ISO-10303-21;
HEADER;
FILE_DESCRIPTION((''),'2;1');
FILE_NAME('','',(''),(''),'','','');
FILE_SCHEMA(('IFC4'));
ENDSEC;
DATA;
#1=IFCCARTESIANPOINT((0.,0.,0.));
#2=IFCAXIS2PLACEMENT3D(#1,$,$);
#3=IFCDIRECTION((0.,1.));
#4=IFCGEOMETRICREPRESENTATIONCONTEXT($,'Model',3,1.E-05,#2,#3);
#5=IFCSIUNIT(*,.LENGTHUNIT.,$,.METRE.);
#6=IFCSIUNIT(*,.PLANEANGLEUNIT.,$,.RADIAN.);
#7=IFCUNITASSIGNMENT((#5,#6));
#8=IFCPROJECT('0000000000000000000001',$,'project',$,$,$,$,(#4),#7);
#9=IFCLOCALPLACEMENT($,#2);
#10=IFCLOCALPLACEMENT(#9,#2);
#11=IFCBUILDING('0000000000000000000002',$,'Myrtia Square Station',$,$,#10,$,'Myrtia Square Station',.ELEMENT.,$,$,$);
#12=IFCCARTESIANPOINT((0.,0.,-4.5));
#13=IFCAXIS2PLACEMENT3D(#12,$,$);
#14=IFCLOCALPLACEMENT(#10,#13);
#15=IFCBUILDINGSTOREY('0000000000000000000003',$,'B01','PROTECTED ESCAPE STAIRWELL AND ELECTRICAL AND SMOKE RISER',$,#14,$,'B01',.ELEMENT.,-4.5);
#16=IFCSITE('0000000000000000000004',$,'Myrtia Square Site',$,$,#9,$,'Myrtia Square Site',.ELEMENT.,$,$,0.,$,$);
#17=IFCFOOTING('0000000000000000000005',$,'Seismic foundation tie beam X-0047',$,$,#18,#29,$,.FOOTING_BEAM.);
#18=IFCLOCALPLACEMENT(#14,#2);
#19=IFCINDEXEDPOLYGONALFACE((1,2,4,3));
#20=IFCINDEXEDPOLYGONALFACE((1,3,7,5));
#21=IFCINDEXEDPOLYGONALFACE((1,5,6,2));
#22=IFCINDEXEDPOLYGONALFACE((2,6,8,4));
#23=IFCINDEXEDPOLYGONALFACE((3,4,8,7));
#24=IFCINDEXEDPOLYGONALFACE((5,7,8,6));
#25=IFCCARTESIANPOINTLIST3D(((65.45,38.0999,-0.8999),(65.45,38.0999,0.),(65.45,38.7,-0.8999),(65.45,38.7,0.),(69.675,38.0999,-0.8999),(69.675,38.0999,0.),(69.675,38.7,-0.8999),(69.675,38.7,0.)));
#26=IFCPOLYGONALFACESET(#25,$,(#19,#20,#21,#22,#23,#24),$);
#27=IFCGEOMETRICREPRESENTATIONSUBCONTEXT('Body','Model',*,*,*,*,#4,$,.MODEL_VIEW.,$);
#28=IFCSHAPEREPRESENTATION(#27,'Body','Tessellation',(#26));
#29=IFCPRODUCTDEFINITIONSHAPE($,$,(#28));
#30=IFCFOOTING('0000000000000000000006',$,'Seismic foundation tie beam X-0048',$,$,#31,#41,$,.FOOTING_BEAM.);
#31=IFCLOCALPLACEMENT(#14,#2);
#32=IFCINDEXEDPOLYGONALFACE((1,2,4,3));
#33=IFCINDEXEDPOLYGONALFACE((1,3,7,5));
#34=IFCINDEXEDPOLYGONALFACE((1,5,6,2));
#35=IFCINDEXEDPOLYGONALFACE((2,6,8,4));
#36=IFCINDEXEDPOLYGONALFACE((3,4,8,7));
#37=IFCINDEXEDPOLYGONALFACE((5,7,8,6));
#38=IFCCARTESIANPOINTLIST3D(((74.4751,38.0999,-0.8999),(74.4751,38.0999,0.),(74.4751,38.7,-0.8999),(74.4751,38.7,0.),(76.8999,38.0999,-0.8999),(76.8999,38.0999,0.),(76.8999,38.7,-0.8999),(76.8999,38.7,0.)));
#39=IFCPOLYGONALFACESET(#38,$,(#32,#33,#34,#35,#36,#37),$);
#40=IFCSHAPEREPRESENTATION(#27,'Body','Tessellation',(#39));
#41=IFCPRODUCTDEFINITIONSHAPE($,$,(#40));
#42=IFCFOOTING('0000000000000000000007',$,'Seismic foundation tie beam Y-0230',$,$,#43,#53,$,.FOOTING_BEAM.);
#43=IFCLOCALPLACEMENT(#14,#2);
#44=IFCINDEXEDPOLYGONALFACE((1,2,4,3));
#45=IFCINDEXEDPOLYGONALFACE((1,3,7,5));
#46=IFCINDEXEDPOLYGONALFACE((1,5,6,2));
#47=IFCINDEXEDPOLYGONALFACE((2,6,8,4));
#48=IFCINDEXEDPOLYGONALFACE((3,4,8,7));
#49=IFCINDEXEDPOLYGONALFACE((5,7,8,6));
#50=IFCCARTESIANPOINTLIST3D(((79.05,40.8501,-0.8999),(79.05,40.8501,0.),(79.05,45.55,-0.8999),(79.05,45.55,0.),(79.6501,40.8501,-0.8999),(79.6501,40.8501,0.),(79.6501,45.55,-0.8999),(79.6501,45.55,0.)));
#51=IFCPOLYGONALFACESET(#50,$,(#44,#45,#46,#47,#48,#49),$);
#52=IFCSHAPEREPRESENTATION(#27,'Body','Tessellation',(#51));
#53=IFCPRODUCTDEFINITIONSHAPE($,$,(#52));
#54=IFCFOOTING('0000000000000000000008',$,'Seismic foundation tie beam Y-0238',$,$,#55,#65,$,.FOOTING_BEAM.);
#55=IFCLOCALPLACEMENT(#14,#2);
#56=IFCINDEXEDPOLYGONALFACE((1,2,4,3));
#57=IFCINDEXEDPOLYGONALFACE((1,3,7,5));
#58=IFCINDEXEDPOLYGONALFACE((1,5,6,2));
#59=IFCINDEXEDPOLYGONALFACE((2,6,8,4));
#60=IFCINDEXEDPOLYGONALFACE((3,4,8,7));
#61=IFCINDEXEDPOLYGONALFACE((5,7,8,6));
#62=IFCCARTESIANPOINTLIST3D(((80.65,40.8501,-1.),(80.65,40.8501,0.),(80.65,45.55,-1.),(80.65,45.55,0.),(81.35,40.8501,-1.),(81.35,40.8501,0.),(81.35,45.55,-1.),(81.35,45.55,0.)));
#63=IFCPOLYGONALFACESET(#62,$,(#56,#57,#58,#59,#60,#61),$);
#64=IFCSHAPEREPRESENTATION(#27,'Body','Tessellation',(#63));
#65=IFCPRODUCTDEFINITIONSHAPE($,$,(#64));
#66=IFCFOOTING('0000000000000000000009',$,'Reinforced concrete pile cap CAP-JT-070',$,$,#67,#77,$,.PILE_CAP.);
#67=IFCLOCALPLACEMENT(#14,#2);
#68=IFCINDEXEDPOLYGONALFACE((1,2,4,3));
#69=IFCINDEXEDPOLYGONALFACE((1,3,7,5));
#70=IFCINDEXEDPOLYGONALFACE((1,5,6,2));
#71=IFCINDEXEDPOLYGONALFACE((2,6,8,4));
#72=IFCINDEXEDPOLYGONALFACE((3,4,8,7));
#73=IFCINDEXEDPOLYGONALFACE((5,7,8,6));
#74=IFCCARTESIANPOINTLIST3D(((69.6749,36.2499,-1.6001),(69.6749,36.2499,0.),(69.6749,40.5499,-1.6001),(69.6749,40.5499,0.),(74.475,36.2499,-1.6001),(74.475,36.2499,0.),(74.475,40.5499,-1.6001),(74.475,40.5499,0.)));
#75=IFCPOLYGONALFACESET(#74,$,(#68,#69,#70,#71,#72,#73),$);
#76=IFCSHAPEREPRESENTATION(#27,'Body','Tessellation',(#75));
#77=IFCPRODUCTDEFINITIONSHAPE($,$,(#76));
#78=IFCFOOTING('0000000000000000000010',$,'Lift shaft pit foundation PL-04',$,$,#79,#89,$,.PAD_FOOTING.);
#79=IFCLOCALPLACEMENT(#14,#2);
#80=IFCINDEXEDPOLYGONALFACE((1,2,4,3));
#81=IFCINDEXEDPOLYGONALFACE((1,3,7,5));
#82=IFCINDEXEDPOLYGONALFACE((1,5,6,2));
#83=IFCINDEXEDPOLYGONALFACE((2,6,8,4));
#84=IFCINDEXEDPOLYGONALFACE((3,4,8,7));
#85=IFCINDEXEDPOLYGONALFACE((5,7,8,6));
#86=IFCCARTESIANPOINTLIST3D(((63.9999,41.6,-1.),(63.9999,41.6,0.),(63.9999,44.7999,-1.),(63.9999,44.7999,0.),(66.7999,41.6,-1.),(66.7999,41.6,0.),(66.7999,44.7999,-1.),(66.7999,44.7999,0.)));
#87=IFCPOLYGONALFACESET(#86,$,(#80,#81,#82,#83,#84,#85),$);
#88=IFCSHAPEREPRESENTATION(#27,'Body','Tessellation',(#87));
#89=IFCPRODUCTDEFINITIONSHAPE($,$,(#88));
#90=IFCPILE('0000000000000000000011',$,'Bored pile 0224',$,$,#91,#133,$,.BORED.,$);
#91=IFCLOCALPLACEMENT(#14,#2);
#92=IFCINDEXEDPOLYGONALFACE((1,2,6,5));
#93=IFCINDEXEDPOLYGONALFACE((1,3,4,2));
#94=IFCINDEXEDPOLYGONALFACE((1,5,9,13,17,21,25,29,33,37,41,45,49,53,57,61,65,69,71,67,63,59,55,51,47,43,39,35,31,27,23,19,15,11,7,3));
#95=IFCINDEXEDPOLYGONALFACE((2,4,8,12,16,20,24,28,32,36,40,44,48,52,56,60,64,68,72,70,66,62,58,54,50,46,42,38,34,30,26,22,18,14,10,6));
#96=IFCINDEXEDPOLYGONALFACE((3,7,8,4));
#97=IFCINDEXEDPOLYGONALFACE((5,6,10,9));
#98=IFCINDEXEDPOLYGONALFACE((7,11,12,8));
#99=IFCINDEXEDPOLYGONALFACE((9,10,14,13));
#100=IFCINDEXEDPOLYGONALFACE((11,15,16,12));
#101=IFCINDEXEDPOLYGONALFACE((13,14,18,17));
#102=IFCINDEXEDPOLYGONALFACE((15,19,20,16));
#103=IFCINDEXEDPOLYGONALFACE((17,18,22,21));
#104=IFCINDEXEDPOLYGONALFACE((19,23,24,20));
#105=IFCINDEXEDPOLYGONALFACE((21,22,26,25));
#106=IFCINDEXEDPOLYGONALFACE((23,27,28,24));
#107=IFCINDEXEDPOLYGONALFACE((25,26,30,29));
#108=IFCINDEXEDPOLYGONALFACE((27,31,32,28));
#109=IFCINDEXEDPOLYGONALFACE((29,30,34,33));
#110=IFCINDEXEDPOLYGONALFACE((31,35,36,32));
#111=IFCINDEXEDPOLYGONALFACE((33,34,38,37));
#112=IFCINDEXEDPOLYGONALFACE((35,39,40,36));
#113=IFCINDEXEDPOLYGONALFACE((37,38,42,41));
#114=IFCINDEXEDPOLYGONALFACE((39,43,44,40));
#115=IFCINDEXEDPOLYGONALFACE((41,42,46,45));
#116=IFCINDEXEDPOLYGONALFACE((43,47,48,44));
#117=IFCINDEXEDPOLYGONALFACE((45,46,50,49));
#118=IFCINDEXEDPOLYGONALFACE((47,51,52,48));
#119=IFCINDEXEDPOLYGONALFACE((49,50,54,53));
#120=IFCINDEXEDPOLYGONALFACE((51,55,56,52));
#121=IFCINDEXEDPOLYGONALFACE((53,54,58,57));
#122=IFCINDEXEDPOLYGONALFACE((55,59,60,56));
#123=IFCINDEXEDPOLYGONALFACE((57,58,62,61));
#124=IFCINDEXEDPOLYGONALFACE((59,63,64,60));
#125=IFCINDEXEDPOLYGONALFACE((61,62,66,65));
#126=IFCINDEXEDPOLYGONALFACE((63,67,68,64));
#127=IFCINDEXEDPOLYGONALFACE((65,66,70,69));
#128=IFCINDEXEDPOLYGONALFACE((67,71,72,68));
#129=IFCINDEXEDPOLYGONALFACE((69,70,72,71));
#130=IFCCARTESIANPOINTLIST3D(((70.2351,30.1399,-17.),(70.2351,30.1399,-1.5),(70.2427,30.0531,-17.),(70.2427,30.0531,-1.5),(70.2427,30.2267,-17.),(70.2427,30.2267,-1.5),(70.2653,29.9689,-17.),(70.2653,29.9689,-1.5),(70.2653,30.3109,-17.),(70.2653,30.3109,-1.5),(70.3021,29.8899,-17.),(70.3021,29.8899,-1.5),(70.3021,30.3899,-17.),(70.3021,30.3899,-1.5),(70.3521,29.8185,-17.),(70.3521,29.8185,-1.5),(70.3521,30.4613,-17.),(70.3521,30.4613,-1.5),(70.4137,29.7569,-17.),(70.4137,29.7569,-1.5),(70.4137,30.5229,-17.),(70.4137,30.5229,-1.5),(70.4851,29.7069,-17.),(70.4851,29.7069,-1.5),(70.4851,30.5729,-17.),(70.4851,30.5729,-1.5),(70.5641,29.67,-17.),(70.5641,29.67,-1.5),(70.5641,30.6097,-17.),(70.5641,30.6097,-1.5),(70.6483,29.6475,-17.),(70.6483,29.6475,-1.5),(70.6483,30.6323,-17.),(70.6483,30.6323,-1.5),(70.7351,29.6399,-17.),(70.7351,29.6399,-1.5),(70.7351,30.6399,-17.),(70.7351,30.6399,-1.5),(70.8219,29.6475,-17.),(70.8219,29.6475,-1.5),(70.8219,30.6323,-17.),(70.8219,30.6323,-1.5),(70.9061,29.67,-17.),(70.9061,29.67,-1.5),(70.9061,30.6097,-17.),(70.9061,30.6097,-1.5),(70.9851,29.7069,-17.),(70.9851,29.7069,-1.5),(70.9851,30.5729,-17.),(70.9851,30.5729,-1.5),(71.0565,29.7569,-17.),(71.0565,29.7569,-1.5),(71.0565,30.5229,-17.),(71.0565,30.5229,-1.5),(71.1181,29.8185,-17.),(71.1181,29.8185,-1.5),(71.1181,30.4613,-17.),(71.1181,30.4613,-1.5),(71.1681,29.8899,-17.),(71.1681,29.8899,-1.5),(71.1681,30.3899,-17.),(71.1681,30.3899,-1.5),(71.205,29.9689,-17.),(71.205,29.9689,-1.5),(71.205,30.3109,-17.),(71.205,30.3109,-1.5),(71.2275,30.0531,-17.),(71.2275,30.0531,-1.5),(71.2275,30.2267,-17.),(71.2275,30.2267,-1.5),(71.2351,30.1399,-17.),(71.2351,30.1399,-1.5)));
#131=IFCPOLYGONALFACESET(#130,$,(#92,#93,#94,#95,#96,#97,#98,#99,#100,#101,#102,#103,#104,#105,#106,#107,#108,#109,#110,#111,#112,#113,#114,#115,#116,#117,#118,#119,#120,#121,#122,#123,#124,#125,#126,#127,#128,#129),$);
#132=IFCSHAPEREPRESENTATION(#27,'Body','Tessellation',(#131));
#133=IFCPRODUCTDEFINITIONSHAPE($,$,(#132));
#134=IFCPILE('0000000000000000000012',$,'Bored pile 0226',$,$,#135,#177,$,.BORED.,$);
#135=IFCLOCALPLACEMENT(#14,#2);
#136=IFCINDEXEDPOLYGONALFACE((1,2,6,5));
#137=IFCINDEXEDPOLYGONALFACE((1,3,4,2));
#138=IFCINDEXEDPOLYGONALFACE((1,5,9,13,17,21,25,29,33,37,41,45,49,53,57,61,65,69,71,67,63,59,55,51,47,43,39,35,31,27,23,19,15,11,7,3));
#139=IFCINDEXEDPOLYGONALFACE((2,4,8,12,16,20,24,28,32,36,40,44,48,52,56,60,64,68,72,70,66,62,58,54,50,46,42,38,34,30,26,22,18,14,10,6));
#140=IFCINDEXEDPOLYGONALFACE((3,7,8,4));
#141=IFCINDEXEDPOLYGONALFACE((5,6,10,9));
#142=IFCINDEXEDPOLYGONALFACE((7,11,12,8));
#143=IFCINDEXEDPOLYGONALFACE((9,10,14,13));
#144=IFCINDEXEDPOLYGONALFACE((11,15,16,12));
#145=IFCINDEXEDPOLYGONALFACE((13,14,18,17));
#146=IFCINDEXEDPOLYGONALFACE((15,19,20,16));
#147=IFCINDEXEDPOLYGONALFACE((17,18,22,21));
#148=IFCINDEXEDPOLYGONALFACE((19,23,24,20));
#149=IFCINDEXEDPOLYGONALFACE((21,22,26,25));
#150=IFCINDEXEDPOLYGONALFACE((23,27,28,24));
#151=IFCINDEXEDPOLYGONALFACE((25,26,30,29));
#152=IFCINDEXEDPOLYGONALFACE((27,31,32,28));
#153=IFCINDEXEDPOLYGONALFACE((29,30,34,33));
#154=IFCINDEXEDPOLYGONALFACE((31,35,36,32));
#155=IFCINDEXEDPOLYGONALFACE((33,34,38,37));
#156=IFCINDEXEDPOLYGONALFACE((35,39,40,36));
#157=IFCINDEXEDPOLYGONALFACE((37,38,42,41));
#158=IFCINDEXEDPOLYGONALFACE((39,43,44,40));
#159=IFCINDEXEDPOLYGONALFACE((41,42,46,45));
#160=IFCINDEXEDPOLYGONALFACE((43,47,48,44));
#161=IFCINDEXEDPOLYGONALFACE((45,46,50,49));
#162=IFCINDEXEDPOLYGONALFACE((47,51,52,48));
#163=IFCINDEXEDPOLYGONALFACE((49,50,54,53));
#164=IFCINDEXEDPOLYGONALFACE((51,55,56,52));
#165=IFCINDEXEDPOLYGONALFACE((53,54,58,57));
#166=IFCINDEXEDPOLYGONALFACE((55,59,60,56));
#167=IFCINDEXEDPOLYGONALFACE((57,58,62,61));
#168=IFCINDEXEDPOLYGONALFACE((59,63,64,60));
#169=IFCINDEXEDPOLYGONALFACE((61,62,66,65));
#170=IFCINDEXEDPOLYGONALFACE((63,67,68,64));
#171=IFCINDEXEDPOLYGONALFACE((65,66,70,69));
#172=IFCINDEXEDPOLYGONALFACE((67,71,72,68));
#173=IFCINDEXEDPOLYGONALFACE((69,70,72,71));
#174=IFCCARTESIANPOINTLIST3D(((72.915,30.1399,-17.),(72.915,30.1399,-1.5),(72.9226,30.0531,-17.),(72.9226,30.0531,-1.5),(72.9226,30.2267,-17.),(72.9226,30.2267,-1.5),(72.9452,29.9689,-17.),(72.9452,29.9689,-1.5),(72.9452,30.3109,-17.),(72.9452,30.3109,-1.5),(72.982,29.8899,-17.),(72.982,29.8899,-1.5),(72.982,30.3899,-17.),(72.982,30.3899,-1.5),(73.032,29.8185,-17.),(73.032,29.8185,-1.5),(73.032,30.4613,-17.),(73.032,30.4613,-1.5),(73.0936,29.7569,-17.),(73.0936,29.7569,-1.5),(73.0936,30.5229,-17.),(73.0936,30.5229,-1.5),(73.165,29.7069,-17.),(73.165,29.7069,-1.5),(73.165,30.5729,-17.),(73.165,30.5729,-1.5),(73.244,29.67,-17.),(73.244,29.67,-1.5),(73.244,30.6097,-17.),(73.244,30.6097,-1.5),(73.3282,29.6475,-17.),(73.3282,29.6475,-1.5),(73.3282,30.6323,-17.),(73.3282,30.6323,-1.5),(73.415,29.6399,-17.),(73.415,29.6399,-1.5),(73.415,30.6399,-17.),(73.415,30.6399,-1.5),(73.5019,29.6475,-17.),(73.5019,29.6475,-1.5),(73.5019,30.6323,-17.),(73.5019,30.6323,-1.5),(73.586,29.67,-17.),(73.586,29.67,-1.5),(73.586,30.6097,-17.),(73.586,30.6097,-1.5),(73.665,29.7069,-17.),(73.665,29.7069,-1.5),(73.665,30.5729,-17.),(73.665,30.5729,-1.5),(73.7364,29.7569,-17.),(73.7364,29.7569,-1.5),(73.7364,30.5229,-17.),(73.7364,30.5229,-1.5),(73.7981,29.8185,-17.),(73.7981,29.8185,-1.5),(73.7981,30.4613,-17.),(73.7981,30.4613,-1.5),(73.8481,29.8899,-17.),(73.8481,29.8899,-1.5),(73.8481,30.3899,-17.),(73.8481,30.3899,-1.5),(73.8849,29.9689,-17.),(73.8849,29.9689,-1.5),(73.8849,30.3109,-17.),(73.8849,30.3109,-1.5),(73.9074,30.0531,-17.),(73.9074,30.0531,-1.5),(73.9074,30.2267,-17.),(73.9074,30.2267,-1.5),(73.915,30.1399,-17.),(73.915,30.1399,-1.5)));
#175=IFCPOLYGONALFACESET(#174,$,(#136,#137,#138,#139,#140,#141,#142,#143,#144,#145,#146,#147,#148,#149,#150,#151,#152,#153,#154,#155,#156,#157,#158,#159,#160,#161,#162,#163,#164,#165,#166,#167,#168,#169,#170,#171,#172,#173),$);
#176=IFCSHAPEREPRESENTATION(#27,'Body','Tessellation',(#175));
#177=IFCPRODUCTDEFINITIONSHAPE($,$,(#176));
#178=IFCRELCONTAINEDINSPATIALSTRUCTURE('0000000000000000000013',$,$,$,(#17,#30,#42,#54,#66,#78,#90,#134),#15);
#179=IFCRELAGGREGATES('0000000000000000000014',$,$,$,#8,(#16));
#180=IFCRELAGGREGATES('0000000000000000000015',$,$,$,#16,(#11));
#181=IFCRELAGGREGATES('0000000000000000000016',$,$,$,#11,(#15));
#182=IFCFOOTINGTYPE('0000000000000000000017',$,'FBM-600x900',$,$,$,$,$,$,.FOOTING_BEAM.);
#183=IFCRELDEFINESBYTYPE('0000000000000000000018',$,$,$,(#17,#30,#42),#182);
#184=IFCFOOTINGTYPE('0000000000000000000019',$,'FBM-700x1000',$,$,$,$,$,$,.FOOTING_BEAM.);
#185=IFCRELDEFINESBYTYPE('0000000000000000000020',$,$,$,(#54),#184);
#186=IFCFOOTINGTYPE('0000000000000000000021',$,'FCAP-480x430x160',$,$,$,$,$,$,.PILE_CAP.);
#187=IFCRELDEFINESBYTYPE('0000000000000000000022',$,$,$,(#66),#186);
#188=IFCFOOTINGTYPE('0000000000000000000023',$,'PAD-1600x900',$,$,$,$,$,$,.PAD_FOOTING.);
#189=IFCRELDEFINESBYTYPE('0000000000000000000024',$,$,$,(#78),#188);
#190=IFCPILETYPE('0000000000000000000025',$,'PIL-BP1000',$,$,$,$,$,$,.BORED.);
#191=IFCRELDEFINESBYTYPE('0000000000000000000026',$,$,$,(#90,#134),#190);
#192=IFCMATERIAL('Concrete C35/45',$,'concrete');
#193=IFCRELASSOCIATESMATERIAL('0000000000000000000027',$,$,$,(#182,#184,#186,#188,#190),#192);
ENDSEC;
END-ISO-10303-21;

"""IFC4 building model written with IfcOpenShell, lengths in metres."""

from ifc_helpers import new_model, si_unit, direction, frame, origin, origin_2d, place, context, subcontext, project, spatial, rectangle, circle, extrude, material, material_profile, profile_set, type_object, element, save


model = new_model("IFC4")

# Units and contexts
model_context = context("Model", 3, precision=1e-05, world=origin(), true_north=direction((0.0, 1.0)))
body_context = subcontext(model_context, "Body", "Model", "MODEL_VIEW")
ifc_project = project(units=[si_unit("LENGTHUNIT", "METRE"), si_unit("PLANEANGLEUNIT", "RADIAN")], contexts=[model_context])

# Site, building, storey
site_placement = place(None, origin())
site = spatial("IfcSite", under=ifc_project, at=site_placement, Name="Myrtia Square Site", LongName="Myrtia Square Site", CompositionType="ELEMENT", RefElevation=0.0)
building_placement = place(site_placement, origin())
building = spatial("IfcBuilding", under=site, at=building_placement, Name="Myrtia Square Station", LongName="Myrtia Square Station", CompositionType="ELEMENT")
storey_placement = place(building_placement, frame((0.0, 0.0, -4.5)))
storey = spatial("IfcBuildingStorey", under=building, at=storey_placement, Name="B01", Description="PROTECTED ESCAPE STAIRWELL AND ELECTRICAL AND SMOKE RISER", LongName="B01", CompositionType="ELEMENT", Elevation=-4.5)

# Footings
ifc_material_1 = material(Name="Concrete C35/45", Category="concrete")
ifc_material_profile_1 = material_profile(ifc_material_1, rectangle(XDim=0.6001, YDim=0.8999, at=origin_2d()), Name="FB 600x900")
ifc_profile_set_1 = profile_set([ifc_material_profile_1], Name="Concrete C35/45")
footing_type_1 = type_object("IfcFootingType", Name="FBM-600x900", PredefinedType="FOOTING_BEAM", material=ifc_profile_set_1)
footing_1_placement = place(storey_placement, frame((65.45, 38.3999, -0.45), z_axis=(1.0, 0.0, 0.0), x_axis=(0.0, 1.0, 0.0)))
element("IfcFooting", 1, at=footing_1_placement, inside=storey, type_object=footing_type_1, Name="Seismic foundation tie beam X-0047", PredefinedType="FOOTING_BEAM", context=body_context, shape_type="SweptSolid", body=[
    extrude(rectangle(XDim=0.6001, YDim=0.8999, at=origin_2d()), origin(), (0.0, 0.0, 1.0), 4.2251),
])
footing_2_placement = place(storey_placement, frame((74.4751, 38.3999, -0.45), z_axis=(1.0, 0.0, 0.0), x_axis=(0.0, 1.0, 0.0)))
element("IfcFooting", 2, at=footing_2_placement, inside=storey, type_object=footing_type_1, Name="Seismic foundation tie beam X-0048", PredefinedType="FOOTING_BEAM", context=body_context, shape_type="SweptSolid", body=[
    extrude(rectangle(XDim=0.6001, YDim=0.8999, at=origin_2d()), origin(), (0.0, 0.0, 1.0), 2.4248),
])
footing_3_placement = place(storey_placement, frame((79.3501, 40.8501, -0.45), z_axis=(0.0, 1.0, 0.0), x_axis=(-1.0, 0.0, 0.0)))
element("IfcFooting", 3, at=footing_3_placement, inside=storey, type_object=footing_type_1, Name="Seismic foundation tie beam Y-0230", PredefinedType="FOOTING_BEAM", context=body_context, shape_type="SweptSolid", body=[
    extrude(rectangle(XDim=0.6001, YDim=0.8999, at=origin_2d()), origin(), (0.0, 0.0, 1.0), 4.7),
])
ifc_material_profile_2 = material_profile(ifc_material_1, rectangle(XDim=0.7, YDim=1.0, at=origin_2d()), Name="FB 700x1000")
ifc_profile_set_2 = profile_set([ifc_material_profile_2], Name="Concrete C35/45")
footing_type_2 = type_object("IfcFootingType", Name="FBM-700x1000", PredefinedType="FOOTING_BEAM", material=ifc_profile_set_2)
footing_4_placement = place(storey_placement, frame((81.0, 40.8501, -0.5), z_axis=(0.0, 1.0, 0.0), x_axis=(-1.0, 0.0, 0.0)))
element("IfcFooting", 4, at=footing_4_placement, inside=storey, type_object=footing_type_2, Name="Seismic foundation tie beam Y-0238", PredefinedType="FOOTING_BEAM", context=body_context, shape_type="SweptSolid", body=[
    extrude(rectangle(XDim=0.7, YDim=1.0, at=origin_2d()), origin(), (0.0, 0.0, 1.0), 4.7),
])
footing_type_3 = type_object("IfcFootingType", Name="FCAP-480x430x160", PredefinedType="PILE_CAP", material=ifc_material_1)
footing_5_placement = place(storey_placement, frame((72.075, 38.3999, -1.6001), z_axis=(0.0, 0.0, 1.0), x_axis=(1.0, 0.0, 0.0)))
element("IfcFooting", 5, at=footing_5_placement, inside=storey, type_object=footing_type_3, Name="Reinforced concrete pile cap CAP-JT-070", PredefinedType="PILE_CAP", context=body_context, shape_type="SweptSolid", body=[
    extrude(rectangle(XDim=4.8, YDim=4.3, at=origin_2d()), origin(), (0.0, 0.0, 1.0), 1.6001),
])
footing_type_4 = type_object("IfcFootingType", Name="PAD-1600x900", PredefinedType="PAD_FOOTING", material=ifc_material_1)
footing_6_placement = place(storey_placement, frame((65.3999, 43.2, -1.0), z_axis=(0.0, 0.0, 1.0), x_axis=(1.0, 0.0, 0.0)))
element("IfcFooting", 6, at=footing_6_placement, inside=storey, type_object=footing_type_4, Name="Lift shaft pit foundation PL-04", PredefinedType="PAD_FOOTING", context=body_context, shape_type="SweptSolid", body=[
    extrude(rectangle(XDim=2.8, YDim=3.2, at=origin_2d()), origin(), (0.0, 0.0, 1.0), 1.0),
])

# Piles
ifc_material_profile_3 = material_profile(ifc_material_1, circle(Radius=0.5, at=origin_2d()), Name="BP D1000")
ifc_profile_set_3 = profile_set([ifc_material_profile_3], Name="Concrete C35/45")
pile_type_1 = type_object("IfcPileType", Name="PIL-BP1000", PredefinedType="BORED", material=ifc_profile_set_3)
for number, where, z_axis, x_axis, name in (
    (7, (70.7351, 30.1399, -1.5), (0.0, 0.0, -1.0), (1.0, 0.0, 0.0), "Bored pile 0224"),
    (8, (73.415, 30.1399, -1.5), (0.0, 0.0, -1.0), (1.0, 0.0, 0.0), "Bored pile 0226"),
):
    element("IfcPile", number, at=place(storey_placement, frame(where, z_axis=z_axis, x_axis=x_axis)), inside=storey, type_object=pile_type_1, Name=name, PredefinedType="BORED", context=body_context, shape_type="SweptSolid", body=[
        extrude(circle(Radius=0.5, at=origin_2d()), origin(), (0.0, 0.0, 1.0), 15.5),
    ])

save(model, "model.ifc")
